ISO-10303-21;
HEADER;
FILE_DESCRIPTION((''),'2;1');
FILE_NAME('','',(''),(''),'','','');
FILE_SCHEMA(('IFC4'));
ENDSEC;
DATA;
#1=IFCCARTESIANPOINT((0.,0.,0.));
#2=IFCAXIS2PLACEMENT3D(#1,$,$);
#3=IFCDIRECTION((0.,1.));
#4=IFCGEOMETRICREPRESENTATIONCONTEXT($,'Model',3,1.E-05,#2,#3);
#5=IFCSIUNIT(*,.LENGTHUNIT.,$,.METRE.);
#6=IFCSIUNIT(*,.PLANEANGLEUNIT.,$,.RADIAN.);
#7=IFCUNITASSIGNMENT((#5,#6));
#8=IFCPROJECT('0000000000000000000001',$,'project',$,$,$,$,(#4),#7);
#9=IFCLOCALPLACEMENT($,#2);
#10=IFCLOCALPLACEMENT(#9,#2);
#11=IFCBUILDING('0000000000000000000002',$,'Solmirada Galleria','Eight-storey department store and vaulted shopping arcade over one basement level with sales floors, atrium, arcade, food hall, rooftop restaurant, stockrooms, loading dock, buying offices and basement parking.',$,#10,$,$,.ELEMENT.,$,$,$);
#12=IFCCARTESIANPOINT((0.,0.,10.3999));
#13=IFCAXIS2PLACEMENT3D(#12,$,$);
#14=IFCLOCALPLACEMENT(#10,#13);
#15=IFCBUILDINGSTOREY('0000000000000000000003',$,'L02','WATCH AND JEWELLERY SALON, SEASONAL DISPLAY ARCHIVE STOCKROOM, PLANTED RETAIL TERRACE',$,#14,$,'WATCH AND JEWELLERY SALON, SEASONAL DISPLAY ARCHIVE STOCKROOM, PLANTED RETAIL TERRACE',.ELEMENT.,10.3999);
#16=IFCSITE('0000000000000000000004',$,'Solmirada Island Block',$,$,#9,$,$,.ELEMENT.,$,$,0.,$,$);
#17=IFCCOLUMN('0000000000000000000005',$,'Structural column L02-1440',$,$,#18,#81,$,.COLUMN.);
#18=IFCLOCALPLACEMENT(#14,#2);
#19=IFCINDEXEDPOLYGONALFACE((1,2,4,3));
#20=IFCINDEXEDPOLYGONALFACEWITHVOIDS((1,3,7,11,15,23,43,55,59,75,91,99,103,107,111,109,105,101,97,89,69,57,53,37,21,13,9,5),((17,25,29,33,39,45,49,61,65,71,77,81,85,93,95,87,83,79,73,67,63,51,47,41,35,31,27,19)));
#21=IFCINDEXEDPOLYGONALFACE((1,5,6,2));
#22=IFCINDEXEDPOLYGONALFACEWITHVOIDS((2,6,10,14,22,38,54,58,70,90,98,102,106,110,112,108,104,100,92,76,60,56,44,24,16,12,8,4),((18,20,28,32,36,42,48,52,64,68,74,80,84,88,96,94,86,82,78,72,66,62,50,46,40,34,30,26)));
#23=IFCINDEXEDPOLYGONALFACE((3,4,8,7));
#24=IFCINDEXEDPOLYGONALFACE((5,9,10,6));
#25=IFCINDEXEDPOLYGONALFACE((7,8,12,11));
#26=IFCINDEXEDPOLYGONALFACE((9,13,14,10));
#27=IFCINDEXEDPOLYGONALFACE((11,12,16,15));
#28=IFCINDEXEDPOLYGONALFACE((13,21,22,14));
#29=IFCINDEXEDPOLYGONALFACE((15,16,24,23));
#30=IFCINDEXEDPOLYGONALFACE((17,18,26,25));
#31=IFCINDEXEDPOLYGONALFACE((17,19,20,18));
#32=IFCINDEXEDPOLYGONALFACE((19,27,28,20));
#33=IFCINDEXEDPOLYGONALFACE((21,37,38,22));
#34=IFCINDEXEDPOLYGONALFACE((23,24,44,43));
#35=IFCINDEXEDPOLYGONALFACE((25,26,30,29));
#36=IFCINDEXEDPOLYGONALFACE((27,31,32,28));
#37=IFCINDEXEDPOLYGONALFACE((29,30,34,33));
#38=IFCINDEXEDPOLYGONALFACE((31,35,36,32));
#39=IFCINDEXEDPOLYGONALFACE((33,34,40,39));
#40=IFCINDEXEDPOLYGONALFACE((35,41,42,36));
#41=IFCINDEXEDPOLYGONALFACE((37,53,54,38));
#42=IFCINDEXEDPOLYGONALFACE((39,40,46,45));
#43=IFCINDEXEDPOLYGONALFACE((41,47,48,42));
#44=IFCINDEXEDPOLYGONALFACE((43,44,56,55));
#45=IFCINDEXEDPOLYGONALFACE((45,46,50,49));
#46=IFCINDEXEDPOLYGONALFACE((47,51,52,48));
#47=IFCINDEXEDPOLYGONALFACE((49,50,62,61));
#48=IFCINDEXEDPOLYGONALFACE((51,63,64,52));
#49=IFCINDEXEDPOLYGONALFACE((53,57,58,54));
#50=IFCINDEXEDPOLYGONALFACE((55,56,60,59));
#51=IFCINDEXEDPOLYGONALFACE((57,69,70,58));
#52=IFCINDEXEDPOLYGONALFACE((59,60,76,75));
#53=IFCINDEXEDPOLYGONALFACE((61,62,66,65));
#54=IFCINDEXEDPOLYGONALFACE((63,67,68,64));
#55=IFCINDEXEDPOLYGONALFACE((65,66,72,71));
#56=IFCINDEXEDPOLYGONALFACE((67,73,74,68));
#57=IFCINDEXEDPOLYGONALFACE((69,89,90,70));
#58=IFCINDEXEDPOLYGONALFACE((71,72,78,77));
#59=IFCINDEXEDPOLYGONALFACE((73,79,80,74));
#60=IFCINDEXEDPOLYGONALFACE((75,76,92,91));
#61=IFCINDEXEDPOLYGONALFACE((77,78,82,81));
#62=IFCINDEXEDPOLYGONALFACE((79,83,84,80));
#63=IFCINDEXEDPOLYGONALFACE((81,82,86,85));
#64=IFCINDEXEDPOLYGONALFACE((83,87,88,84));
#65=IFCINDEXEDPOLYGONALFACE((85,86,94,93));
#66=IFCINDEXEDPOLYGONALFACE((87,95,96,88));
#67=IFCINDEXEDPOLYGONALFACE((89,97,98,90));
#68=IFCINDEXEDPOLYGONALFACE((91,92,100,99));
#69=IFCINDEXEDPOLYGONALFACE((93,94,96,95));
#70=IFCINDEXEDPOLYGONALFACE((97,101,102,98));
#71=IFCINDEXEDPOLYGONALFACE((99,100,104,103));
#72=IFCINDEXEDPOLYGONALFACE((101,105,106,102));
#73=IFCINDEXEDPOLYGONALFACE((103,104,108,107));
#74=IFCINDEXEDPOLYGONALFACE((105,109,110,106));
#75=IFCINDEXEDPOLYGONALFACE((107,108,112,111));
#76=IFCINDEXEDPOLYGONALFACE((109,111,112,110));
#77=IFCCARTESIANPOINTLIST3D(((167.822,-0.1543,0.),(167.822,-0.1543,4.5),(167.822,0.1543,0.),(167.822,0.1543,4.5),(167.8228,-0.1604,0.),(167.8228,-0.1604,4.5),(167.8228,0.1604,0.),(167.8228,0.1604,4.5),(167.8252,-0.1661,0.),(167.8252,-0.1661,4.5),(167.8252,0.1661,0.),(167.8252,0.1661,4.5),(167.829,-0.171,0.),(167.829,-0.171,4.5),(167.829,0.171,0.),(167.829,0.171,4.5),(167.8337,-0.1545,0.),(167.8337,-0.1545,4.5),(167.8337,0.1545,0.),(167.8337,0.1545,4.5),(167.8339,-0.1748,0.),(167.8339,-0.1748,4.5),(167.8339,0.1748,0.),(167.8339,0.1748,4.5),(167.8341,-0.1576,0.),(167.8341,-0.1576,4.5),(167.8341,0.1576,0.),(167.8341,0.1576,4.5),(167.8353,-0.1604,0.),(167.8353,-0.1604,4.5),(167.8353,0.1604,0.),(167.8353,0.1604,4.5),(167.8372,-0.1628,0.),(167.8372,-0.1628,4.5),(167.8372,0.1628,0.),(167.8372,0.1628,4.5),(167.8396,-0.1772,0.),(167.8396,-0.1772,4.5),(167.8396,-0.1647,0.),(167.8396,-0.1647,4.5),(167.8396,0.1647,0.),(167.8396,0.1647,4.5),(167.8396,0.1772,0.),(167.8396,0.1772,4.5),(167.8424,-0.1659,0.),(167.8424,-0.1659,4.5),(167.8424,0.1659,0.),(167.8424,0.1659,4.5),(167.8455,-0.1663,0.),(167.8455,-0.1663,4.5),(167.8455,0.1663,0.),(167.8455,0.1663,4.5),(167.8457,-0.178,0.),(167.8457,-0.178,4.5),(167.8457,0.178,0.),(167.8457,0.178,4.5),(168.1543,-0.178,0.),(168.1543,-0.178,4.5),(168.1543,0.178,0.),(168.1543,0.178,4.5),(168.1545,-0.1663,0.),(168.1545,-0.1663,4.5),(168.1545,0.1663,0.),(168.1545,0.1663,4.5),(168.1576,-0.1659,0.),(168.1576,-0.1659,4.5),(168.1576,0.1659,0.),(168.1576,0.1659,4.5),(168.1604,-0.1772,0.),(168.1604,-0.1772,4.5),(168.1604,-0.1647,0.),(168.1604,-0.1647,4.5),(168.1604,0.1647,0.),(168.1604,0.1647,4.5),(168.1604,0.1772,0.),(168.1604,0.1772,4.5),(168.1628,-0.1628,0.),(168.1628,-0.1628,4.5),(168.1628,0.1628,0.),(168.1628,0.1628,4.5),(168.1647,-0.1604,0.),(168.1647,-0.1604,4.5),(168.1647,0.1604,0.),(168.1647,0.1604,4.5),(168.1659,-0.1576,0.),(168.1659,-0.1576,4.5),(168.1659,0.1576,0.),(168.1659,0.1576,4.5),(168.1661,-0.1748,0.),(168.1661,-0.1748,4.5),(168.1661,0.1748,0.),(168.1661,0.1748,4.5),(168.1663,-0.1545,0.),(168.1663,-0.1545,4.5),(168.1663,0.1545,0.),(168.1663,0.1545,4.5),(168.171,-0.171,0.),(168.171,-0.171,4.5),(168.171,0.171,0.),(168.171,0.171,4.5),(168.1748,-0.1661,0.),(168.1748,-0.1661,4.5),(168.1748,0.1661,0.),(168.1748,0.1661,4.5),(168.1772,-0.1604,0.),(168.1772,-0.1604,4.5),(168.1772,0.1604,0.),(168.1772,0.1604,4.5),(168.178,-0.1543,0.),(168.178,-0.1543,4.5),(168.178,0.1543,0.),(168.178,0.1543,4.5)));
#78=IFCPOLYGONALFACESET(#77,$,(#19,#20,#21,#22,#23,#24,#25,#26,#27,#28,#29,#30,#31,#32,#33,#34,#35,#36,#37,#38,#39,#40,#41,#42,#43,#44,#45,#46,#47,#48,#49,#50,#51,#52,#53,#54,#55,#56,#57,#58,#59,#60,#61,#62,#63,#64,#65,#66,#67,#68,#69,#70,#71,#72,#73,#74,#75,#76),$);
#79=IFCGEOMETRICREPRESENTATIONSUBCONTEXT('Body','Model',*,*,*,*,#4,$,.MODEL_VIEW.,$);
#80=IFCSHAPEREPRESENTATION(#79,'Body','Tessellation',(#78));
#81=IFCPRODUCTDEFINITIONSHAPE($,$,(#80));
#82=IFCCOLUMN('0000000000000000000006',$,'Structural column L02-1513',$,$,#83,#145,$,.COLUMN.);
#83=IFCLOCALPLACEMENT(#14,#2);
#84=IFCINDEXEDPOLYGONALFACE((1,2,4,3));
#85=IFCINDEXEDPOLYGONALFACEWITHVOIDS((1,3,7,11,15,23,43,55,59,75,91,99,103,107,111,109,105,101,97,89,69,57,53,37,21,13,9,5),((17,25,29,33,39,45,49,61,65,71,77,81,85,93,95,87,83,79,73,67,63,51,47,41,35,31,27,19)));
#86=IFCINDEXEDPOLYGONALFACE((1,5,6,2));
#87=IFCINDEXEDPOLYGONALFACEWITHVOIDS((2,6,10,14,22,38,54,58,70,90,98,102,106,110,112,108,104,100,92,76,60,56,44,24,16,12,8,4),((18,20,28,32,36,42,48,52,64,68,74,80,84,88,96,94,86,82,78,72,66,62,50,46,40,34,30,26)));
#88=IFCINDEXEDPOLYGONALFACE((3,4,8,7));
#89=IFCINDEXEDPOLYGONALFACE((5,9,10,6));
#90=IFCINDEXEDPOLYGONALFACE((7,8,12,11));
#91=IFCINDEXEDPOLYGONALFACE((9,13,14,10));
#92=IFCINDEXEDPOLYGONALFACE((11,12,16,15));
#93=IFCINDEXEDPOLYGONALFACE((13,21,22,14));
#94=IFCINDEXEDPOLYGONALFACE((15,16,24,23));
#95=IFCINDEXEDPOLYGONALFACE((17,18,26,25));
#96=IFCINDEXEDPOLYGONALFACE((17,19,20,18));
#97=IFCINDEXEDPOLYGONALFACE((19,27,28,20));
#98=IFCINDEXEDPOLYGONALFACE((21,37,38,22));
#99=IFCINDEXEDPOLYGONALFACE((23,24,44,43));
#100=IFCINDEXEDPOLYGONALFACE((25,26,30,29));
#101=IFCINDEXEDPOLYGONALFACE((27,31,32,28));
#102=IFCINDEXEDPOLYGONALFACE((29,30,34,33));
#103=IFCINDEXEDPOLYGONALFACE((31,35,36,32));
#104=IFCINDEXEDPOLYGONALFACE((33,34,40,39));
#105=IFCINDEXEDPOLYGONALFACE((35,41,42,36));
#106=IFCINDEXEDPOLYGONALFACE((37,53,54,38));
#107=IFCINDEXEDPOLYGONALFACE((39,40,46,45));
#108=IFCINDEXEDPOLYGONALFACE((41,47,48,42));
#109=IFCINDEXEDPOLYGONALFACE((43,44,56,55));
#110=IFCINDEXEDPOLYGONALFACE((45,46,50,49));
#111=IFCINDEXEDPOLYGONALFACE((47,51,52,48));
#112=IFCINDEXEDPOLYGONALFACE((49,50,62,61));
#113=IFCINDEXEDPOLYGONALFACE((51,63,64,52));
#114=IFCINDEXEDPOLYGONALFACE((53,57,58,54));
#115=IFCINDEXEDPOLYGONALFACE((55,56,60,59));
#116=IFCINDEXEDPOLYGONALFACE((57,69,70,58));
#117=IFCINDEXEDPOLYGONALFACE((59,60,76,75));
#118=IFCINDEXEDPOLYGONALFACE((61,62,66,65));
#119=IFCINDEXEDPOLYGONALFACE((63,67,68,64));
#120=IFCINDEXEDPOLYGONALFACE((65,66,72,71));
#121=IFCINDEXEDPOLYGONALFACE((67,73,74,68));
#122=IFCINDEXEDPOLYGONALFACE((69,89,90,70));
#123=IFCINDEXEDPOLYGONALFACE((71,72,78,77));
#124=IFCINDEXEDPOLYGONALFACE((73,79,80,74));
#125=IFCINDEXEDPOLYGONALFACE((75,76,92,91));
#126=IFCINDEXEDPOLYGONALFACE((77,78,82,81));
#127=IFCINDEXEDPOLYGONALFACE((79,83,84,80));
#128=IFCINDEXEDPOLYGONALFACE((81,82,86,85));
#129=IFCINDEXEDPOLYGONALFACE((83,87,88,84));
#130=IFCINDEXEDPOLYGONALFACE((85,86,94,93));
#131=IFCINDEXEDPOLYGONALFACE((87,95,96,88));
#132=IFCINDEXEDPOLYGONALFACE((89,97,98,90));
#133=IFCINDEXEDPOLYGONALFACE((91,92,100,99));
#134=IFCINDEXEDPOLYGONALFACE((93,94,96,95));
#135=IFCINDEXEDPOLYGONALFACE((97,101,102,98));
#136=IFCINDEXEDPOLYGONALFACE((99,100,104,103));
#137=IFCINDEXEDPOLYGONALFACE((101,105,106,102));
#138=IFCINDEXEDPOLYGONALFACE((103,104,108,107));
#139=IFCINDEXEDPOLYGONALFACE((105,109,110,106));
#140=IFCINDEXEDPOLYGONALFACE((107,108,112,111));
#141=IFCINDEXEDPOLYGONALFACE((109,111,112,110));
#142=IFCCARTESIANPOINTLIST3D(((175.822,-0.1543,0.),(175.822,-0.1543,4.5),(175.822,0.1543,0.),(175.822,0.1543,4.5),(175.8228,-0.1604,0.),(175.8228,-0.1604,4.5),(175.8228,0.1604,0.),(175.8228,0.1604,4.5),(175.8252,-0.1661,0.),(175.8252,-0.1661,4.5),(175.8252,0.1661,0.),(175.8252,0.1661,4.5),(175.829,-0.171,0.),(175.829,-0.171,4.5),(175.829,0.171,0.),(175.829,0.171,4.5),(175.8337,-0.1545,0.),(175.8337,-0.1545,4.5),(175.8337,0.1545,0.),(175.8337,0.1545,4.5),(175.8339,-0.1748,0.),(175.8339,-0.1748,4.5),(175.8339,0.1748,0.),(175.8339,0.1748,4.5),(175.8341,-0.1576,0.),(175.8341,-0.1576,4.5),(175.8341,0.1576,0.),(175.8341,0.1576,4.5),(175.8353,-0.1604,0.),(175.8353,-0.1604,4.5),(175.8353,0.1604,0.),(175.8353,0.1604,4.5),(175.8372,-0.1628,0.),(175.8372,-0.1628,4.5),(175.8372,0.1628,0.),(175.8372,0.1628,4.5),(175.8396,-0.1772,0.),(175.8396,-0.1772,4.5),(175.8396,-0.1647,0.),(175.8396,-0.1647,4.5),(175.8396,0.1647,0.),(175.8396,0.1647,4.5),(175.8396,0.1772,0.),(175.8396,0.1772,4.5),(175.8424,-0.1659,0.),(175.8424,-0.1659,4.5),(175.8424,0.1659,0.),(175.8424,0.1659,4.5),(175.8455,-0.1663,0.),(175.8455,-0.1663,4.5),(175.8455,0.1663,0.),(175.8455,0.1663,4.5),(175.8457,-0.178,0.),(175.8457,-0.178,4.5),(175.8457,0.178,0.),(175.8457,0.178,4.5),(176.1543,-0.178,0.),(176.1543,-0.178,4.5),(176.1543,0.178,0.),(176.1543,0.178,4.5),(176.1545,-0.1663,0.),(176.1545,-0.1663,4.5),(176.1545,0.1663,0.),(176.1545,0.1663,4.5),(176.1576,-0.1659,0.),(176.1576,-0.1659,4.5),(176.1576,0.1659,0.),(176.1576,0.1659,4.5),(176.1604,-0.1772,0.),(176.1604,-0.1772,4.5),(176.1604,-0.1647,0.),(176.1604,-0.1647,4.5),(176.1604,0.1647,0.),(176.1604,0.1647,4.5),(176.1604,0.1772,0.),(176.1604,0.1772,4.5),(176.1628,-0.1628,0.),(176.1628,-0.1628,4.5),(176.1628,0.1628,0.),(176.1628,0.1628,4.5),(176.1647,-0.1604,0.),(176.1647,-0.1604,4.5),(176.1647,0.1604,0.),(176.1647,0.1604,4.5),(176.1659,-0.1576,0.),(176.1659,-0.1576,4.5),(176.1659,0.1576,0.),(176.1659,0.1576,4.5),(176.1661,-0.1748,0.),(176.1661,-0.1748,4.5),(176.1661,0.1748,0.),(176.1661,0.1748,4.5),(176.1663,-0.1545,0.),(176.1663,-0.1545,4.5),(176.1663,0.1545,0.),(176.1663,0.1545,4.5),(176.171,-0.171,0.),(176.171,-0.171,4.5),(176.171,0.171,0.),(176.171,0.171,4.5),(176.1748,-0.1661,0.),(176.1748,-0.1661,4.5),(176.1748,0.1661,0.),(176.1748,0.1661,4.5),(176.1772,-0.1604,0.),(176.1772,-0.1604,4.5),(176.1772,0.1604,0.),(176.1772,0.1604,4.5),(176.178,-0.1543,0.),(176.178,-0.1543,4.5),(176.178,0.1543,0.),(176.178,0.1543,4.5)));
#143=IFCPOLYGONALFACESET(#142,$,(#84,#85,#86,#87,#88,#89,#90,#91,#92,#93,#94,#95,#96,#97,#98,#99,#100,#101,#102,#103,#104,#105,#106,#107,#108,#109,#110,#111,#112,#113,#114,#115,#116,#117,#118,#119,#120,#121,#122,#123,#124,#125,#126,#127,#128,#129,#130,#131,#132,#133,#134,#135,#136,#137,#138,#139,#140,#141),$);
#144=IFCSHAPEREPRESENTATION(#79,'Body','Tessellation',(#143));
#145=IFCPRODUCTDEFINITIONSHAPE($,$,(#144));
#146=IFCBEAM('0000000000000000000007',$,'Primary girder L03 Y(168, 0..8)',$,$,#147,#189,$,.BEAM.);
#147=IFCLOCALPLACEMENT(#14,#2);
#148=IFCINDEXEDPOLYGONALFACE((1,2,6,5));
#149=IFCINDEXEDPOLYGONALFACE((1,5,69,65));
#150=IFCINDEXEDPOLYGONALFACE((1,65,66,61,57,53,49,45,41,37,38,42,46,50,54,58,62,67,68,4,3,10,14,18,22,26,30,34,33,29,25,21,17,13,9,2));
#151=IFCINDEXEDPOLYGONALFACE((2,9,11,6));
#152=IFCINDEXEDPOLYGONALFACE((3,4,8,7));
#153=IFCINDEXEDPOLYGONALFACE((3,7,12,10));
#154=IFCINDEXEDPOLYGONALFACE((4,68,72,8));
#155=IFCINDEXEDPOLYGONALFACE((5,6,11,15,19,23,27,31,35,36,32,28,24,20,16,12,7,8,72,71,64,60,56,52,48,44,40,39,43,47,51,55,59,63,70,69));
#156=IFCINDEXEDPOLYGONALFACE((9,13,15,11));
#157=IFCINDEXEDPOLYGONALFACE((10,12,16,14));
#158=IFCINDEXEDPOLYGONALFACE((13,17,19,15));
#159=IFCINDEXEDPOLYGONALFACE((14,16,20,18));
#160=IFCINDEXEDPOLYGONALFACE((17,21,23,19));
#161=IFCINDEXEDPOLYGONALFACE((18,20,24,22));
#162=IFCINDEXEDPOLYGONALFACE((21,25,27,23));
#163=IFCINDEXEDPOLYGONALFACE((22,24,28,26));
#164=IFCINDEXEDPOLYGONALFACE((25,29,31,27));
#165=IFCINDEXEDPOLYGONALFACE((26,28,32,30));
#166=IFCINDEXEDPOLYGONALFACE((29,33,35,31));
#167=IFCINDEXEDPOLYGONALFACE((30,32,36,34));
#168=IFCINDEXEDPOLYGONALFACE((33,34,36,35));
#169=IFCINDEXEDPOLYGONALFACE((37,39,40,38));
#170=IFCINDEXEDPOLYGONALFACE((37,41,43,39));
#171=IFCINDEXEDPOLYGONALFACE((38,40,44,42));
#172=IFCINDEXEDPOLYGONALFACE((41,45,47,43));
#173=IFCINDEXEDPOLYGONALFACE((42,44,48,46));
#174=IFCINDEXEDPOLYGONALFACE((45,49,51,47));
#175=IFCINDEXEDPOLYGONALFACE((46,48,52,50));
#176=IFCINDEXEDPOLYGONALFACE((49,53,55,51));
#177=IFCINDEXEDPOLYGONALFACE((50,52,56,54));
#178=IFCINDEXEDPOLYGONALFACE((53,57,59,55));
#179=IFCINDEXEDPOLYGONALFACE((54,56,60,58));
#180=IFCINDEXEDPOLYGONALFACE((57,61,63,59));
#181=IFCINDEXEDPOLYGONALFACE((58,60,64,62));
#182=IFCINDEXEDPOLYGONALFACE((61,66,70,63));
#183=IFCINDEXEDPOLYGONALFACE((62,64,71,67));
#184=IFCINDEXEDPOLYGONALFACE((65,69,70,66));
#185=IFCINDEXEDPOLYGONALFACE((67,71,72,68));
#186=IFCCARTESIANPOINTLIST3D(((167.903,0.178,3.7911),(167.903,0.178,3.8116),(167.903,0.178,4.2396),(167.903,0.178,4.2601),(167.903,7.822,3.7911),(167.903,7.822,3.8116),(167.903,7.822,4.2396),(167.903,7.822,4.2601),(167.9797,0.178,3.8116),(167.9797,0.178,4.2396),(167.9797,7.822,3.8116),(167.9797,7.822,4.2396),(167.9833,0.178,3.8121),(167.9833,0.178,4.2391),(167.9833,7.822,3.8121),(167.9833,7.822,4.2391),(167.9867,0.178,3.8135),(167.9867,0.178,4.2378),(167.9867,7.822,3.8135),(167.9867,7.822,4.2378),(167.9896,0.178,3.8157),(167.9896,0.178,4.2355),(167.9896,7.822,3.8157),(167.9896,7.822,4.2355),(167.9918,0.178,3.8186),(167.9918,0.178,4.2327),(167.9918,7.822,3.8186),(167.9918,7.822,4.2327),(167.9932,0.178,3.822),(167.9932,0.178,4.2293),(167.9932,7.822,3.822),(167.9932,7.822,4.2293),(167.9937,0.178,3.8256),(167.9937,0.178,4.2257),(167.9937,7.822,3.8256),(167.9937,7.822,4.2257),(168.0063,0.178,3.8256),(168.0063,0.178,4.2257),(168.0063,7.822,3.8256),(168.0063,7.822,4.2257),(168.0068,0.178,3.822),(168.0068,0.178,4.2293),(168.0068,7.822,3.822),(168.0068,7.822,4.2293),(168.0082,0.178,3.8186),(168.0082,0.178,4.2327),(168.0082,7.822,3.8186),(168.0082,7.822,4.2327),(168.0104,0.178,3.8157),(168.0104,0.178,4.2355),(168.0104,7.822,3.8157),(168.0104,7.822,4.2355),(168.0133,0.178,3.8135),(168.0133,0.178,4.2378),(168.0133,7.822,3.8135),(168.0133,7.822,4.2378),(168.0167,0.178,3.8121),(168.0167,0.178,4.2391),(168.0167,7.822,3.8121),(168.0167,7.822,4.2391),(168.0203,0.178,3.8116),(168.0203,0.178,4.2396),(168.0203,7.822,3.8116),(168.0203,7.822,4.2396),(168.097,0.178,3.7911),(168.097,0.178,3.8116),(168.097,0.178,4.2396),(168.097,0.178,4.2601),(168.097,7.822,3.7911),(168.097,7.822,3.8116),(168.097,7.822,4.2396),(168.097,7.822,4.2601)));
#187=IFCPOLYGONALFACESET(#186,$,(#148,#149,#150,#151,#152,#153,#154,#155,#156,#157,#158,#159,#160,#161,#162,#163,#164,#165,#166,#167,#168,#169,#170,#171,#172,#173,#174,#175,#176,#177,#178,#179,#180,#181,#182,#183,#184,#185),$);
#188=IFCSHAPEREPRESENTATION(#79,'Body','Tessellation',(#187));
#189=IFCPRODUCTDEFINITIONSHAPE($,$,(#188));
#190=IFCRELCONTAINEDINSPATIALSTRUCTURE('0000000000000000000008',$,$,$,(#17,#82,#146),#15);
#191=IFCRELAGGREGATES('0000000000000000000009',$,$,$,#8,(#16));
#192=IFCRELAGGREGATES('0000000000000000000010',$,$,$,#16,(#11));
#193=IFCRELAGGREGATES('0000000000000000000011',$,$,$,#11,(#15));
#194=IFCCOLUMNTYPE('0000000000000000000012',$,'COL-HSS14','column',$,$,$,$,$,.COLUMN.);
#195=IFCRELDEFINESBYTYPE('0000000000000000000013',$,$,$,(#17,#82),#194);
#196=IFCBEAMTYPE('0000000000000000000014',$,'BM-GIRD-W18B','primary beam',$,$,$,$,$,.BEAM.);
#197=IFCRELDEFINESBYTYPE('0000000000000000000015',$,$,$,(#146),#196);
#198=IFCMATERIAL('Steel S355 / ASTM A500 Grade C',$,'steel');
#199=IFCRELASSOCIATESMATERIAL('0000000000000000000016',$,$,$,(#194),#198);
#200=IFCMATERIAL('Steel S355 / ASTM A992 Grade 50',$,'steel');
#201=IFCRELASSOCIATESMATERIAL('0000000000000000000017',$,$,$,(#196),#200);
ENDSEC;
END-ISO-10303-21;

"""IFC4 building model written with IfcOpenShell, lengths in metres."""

from ifc_helpers import new_model, si_unit, direction, frame, origin, origin_2d, place, context, subcontext, project, spatial, hollow_rectangle, i_section, extrude, material, material_profile, profile_set, type_object, element, save


model = new_model("IFC4")

# Units and contexts
model_context = context("Model", 3, precision=1e-05, world=origin(), true_north=direction((0.0, 1.0)))
body_context = subcontext(model_context, "Body", "Model", "MODEL_VIEW")
ifc_project = project(units=[si_unit("LENGTHUNIT", "METRE"), si_unit("PLANEANGLEUNIT", "RADIAN")], contexts=[model_context])

# Site, building, storey
site_placement = place(None, origin())
site = spatial("IfcSite", under=ifc_project, at=site_placement, Name="Solmirada Island Block", CompositionType="ELEMENT", RefElevation=0.0)
building_placement = place(site_placement, origin())
building = spatial("IfcBuilding", under=site, at=building_placement, Name="Solmirada Galleria", Description="Eight-storey department store and vaulted shopping arcade over one basement level with sales floors, atrium, arcade, food hall, rooftop restaurant, stockrooms, loading dock, buying offices and basement parking.", CompositionType="ELEMENT")
storey_placement = place(building_placement, frame((0.0, 0.0, 10.3999)))
storey = spatial("IfcBuildingStorey", under=building, at=storey_placement, Name="L02", Description="WATCH AND JEWELLERY SALON, SEASONAL DISPLAY ARCHIVE STOCKROOM, PLANTED RETAIL TERRACE", LongName="WATCH AND JEWELLERY SALON, SEASONAL DISPLAY ARCHIVE STOCKROOM, PLANTED RETAIL TERRACE", CompositionType="ELEMENT", Elevation=10.3999)

# Columns
ifc_material_1 = material(Name="Steel S355 / ASTM A500 Grade C", Category="steel")
ifc_material_profile_1 = material_profile(ifc_material_1, hollow_rectangle(XDim=0.356, YDim=0.356, WallThickness=0.0117, InnerFilletRadius=0.0117, OuterFilletRadius=0.0237, at=origin_2d()), Name="HSS14X14X1/2")
ifc_profile_set_1 = profile_set([ifc_material_profile_1], Name="Steel S355 / ASTM A500 Grade C")
column_type = type_object("IfcColumnType", Name="COL-HSS14", Description="column", PredefinedType="COLUMN", material=ifc_profile_set_1)
for number, where, z_axis, x_axis, name in (
    (1, (168.0, 0.0, 0.0), (0.0, 0.0, 1.0), (1.0, 0.0, 0.0), "Structural column L02-1440"),
    (2, (176.0, 0.0, 0.0), (0.0, 0.0, 1.0), (1.0, 0.0, 0.0), "Structural column L02-1513"),
):
    element("IfcColumn", number, at=place(storey_placement, frame(where, z_axis=z_axis, x_axis=x_axis)), inside=storey, type_object=column_type, Name=name, PredefinedType="COLUMN", context=body_context, shape_type="SweptSolid", body=[
        extrude(hollow_rectangle(XDim=0.356, YDim=0.356, WallThickness=0.0117, InnerFilletRadius=0.0117, OuterFilletRadius=0.0237, at=origin_2d()), origin(), (0.0, 0.0, 1.0), 4.5),
    ])

# Beam
ifc_material_2 = material(Name="Steel S355 / ASTM A992 Grade 50", Category="steel")
ifc_material_profile_2 = material_profile(ifc_material_2, i_section(OverallWidth=0.1941, OverallDepth=0.469, WebThickness=0.0127, FlangeThickness=0.0205, FilletRadius=0.0139, at=origin_2d()), Name="W18X71")
ifc_profile_set_2 = profile_set([ifc_material_profile_2], Name="Steel S355 / ASTM A992 Grade 50")
beam_type_1 = type_object("IfcBeamType", Name="BM-GIRD-W18B", Description="primary beam", PredefinedType="BEAM", material=ifc_profile_set_2)
beam_1_placement = place(storey_placement, frame((168.0, 0.178, 4.0256), z_axis=(0.0, 1.0, 0.0), x_axis=(-1.0, 0.0, 0.0)))
element("IfcBeam", 3, at=beam_1_placement, inside=storey, type_object=beam_type_1, Name="Primary girder L03 Y(168, 0..8)", PredefinedType="BEAM", context=body_context, shape_type="SweptSolid", body=[
    extrude(i_section(OverallWidth=0.1941, OverallDepth=0.469, WebThickness=0.0127, FlangeThickness=0.0205, FilletRadius=0.0139, at=origin_2d()), origin(), (0.0, 0.0, 1.0), 7.644),
])

save(model, "model.ifc")
